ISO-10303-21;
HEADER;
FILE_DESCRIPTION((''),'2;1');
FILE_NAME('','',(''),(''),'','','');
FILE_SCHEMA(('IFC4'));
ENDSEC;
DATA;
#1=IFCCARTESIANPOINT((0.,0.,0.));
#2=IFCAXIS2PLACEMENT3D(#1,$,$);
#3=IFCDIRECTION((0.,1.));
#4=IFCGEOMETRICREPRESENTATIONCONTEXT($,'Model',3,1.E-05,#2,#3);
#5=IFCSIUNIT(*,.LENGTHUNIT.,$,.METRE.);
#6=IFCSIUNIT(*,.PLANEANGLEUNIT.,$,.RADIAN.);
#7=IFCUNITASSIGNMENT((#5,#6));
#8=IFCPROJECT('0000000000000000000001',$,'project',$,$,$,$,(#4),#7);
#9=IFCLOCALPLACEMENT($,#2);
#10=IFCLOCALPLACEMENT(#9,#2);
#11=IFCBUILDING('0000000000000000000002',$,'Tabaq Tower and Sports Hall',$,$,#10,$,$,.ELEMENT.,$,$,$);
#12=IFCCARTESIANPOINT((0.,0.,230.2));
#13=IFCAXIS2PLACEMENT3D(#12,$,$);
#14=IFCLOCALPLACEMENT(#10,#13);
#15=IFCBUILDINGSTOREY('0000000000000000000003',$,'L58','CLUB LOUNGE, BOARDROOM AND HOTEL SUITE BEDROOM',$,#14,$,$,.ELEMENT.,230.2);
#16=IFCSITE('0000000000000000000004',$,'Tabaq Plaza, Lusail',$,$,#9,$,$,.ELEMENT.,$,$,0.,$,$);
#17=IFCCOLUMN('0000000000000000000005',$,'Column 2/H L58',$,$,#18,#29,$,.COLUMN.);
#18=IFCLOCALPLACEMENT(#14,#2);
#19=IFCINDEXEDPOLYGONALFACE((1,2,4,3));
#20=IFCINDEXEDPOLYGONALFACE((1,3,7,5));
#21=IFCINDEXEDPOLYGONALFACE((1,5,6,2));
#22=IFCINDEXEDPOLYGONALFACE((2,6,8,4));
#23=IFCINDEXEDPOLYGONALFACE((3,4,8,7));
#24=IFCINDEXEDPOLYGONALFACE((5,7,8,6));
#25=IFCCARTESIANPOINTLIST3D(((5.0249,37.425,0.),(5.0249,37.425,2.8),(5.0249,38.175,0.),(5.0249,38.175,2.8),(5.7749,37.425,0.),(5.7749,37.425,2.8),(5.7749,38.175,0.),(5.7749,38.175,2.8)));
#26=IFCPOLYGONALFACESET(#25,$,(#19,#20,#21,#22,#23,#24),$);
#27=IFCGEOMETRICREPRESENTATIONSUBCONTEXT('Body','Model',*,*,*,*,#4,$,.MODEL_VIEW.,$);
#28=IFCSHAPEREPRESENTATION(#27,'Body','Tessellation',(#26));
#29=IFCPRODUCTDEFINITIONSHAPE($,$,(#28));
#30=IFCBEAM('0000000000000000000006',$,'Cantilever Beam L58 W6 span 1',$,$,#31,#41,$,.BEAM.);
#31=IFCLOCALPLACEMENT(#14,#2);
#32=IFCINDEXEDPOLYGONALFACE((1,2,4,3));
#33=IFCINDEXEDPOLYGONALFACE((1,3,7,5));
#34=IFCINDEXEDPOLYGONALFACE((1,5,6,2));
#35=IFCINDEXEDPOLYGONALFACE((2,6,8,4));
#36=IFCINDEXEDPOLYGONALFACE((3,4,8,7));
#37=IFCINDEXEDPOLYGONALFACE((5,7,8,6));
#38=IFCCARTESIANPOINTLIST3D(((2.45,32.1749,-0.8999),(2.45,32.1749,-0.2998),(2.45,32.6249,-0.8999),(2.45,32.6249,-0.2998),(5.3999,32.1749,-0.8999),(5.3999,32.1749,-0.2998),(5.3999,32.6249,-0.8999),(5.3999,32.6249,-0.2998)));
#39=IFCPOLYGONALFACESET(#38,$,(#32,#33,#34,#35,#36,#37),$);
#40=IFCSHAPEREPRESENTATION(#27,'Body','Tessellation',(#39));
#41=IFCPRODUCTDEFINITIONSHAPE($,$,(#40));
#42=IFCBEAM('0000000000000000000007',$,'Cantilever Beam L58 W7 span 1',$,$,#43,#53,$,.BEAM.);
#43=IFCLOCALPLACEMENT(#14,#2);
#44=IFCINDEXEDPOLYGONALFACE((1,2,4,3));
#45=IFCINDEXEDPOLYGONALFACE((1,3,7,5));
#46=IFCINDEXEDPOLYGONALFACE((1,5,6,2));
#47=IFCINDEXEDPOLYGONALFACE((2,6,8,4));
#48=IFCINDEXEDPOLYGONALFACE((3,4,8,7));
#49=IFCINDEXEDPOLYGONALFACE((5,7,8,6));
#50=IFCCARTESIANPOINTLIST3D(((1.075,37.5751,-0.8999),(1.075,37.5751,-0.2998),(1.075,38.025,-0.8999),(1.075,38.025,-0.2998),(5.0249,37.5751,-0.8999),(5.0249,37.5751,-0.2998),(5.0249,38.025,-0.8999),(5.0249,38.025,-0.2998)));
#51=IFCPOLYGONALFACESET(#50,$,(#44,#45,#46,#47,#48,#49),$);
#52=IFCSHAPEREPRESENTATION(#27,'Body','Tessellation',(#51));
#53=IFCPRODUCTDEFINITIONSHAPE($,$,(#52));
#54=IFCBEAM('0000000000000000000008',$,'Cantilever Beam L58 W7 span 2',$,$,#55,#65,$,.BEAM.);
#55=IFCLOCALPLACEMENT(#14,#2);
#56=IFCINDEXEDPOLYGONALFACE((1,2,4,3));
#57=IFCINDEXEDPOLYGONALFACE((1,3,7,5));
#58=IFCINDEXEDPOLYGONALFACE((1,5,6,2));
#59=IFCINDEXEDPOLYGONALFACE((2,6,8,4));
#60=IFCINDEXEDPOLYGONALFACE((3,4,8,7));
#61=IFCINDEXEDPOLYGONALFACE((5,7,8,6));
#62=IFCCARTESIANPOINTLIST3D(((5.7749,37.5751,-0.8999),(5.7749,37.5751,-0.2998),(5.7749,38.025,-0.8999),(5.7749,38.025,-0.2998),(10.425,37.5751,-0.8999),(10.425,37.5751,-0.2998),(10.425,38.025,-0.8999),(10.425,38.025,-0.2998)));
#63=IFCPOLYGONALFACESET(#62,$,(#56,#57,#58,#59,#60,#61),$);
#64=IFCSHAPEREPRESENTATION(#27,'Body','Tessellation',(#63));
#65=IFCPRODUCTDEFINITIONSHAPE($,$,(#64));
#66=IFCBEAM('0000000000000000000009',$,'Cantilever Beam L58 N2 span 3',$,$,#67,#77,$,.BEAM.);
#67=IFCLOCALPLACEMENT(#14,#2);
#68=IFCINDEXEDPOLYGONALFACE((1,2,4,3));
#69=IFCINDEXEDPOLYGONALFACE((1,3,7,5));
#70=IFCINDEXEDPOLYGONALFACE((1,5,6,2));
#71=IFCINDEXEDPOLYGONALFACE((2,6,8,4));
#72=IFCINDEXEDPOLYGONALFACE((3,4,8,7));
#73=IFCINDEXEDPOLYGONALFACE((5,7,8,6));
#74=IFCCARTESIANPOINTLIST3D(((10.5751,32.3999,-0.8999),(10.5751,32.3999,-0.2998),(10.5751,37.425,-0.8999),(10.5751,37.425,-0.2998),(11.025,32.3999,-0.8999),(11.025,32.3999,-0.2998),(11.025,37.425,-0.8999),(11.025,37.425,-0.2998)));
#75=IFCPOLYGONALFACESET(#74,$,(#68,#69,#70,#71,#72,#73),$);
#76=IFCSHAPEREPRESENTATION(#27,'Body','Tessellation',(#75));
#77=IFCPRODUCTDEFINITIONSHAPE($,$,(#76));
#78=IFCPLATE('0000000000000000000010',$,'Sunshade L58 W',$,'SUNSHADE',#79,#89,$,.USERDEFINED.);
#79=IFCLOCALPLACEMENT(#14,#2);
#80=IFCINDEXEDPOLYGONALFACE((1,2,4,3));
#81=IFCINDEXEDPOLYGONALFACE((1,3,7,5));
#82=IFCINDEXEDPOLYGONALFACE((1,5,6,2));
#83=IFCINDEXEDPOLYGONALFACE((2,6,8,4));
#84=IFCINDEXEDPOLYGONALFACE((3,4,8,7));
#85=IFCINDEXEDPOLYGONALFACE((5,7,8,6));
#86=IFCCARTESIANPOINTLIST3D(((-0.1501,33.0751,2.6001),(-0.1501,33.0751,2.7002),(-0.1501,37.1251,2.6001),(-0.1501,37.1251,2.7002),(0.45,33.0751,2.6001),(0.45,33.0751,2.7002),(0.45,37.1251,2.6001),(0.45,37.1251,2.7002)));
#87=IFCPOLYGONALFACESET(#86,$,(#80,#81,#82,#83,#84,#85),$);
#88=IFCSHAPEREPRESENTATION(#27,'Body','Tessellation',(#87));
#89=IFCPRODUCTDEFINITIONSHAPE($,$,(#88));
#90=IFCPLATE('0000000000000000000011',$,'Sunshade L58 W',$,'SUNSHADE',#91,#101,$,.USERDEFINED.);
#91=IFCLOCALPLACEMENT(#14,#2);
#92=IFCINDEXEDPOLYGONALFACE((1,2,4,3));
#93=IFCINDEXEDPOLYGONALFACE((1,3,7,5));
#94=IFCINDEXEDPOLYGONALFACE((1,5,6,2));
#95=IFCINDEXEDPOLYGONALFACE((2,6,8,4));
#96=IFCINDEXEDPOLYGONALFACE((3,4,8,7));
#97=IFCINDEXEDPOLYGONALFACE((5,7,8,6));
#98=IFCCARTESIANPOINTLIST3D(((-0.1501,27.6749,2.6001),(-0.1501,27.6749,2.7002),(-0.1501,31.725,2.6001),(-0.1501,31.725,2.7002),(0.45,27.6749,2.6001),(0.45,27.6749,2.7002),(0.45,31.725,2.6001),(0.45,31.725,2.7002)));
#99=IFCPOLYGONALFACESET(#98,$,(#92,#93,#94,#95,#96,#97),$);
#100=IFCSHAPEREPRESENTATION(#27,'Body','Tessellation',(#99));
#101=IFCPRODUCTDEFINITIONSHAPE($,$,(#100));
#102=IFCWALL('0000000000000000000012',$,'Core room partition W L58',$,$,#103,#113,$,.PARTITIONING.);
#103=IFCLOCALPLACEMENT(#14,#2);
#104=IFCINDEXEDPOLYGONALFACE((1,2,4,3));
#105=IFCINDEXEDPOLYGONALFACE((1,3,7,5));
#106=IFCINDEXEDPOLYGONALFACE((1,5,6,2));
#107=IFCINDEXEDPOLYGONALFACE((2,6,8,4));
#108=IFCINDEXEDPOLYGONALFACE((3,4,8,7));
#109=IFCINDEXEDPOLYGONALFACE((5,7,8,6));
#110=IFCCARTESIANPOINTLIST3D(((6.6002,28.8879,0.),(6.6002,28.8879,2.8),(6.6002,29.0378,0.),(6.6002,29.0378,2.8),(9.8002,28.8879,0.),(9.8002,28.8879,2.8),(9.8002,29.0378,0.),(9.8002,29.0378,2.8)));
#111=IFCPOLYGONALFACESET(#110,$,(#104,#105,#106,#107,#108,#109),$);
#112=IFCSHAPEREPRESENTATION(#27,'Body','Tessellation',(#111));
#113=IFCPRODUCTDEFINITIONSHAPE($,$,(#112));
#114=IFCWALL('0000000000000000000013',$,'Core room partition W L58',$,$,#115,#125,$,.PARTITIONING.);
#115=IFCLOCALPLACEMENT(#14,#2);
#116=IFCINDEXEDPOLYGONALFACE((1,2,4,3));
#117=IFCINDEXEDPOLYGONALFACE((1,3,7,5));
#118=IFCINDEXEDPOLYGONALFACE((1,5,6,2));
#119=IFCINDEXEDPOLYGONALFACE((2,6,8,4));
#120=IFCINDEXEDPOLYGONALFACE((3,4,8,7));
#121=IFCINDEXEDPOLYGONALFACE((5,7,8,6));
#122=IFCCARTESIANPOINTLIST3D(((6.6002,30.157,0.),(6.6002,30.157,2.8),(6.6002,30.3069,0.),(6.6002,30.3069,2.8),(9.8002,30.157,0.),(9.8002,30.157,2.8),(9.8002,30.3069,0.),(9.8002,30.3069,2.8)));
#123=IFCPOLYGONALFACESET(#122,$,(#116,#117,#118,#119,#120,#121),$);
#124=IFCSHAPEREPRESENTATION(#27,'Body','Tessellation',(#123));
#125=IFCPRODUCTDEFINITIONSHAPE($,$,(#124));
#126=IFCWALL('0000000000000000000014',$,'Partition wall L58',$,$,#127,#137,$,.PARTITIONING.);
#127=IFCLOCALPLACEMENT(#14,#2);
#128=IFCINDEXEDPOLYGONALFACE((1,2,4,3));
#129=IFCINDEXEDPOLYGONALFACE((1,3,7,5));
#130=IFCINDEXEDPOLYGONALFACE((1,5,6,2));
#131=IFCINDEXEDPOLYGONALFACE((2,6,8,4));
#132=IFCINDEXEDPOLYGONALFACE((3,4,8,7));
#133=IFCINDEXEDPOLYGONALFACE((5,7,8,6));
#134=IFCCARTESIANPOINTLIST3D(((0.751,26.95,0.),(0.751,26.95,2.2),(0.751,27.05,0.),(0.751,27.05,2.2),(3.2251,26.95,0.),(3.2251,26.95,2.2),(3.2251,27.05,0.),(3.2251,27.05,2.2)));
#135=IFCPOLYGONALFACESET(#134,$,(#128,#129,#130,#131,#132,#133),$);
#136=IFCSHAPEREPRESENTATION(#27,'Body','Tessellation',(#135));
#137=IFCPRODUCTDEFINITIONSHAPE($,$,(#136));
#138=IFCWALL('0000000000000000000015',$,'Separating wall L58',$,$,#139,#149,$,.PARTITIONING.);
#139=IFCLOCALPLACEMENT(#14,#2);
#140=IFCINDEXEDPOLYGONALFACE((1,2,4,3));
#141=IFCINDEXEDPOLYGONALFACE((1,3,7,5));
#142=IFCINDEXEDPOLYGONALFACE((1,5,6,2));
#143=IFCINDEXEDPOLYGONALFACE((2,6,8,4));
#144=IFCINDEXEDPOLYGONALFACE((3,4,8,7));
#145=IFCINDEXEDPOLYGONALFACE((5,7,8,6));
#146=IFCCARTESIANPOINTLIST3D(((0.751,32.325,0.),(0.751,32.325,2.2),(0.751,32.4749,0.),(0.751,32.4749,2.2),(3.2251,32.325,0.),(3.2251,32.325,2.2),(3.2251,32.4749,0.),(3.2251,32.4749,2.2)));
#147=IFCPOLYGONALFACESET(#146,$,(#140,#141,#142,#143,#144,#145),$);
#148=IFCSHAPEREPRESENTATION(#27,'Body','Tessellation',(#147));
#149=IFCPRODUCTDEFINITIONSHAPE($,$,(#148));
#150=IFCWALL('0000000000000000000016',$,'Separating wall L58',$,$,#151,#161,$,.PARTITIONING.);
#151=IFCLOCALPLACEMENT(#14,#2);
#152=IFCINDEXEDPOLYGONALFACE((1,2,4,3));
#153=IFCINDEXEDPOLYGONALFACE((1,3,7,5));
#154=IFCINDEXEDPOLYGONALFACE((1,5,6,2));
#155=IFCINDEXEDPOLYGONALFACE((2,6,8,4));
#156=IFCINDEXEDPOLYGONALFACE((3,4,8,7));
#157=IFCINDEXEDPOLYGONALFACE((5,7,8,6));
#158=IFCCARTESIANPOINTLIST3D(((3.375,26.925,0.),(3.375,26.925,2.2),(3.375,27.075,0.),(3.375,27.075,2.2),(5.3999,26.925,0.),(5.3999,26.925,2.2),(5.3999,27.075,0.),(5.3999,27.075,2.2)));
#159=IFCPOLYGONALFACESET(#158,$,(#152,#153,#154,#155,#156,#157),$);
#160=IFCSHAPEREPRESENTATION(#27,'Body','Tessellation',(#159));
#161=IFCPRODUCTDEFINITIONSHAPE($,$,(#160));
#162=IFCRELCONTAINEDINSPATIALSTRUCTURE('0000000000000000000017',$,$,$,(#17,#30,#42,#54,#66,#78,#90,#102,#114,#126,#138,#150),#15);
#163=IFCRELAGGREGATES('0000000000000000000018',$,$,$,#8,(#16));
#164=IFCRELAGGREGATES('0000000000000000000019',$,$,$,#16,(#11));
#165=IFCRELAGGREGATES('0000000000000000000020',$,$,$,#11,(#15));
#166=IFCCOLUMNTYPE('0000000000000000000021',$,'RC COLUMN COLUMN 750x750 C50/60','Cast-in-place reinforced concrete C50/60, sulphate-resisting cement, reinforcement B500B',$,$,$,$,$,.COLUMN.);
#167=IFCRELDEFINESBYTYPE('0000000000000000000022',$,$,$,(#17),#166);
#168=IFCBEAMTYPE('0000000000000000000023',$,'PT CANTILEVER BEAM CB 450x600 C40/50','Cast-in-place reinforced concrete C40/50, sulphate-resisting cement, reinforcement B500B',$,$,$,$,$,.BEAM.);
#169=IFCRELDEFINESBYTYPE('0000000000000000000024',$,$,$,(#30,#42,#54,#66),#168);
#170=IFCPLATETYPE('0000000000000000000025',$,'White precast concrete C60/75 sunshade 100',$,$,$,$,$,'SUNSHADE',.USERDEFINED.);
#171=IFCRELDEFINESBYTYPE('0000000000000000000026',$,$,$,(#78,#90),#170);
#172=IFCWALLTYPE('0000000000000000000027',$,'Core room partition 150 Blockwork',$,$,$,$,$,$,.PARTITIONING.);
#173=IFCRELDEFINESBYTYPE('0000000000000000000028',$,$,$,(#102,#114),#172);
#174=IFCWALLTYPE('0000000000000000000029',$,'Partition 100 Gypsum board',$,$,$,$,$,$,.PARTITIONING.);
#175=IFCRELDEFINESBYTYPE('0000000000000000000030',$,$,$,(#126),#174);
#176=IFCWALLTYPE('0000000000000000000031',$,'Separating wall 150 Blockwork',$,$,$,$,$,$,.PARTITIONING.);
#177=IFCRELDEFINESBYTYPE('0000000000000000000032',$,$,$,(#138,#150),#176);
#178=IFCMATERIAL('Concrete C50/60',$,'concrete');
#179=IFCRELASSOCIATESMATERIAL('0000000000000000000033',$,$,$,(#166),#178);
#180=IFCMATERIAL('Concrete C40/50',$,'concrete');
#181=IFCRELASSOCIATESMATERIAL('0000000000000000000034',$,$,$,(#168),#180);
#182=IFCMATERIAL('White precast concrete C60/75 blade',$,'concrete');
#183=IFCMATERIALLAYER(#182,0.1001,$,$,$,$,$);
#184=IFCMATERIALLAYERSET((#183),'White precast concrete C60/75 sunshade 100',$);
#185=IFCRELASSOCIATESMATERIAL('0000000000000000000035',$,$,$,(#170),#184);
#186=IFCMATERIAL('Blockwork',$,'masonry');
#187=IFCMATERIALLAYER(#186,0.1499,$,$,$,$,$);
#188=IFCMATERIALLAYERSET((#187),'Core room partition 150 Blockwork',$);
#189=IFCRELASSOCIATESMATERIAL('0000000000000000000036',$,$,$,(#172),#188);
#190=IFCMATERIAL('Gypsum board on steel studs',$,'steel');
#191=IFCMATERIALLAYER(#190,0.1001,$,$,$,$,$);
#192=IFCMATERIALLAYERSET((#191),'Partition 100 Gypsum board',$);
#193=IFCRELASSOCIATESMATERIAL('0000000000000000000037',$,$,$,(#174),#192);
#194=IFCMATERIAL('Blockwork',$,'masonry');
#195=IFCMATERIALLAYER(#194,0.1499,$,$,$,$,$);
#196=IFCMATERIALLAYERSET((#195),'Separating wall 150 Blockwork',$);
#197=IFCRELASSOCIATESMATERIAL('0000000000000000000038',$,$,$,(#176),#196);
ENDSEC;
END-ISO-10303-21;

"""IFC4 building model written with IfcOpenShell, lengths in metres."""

from ifc_helpers import new_model, si_unit, direction, frame, frame_2d, origin, origin_2d, place, context, subcontext, project, spatial, rectangle, extrude, material, layer, layer_set, material_profile, profile_set, type_object, element, save


model = new_model("IFC4")

# Units and contexts
model_context = context("Model", 3, precision=1e-05, world=origin(), true_north=direction((0.0, 1.0)))
body_context = subcontext(model_context, "Body", "Model", "MODEL_VIEW")
ifc_project = project(units=[si_unit("LENGTHUNIT", "METRE"), si_unit("PLANEANGLEUNIT", "RADIAN")], contexts=[model_context])

# Site, building, storey
site_placement = place(None, origin())
site = spatial("IfcSite", under=ifc_project, at=site_placement, Name="Tabaq Plaza, Lusail", CompositionType="ELEMENT", RefElevation=0.0)
building_placement = place(site_placement, origin())
building = spatial("IfcBuilding", under=site, at=building_placement, Name="Tabaq Tower and Sports Hall", CompositionType="ELEMENT")
storey_placement = place(building_placement, frame((0.0, 0.0, 230.2)))
storey = spatial("IfcBuildingStorey", under=building, at=storey_placement, Name="L58", Description="CLUB LOUNGE, BOARDROOM AND HOTEL SUITE BEDROOM", CompositionType="ELEMENT", Elevation=230.2)

# Column
ifc_material_1 = material(Name="Concrete C50/60", Category="concrete")
ifc_material_profile_1 = material_profile(ifc_material_1, rectangle(XDim=0.75, YDim=0.75, at=origin_2d()), Name="COLUMN 750x750")
ifc_profile_set_1 = profile_set([ifc_material_profile_1], Name="Concrete C50/60")
column_type = type_object("IfcColumnType", Name="RC COLUMN COLUMN 750x750 C50/60", Description="Cast-in-place reinforced concrete C50/60, sulphate-resisting cement, reinforcement B500B", PredefinedType="COLUMN", material=ifc_profile_set_1)
column_placement = place(storey_placement, frame((5.3999, 37.8, 0.0), z_axis=(0.0, 0.0, 1.0), x_axis=(1.0, 0.0, 0.0)))
element("IfcColumn", 1, at=column_placement, inside=storey, type_object=column_type, Name="Column 2/H L58", PredefinedType="COLUMN", context=body_context, shape_type="SweptSolid", body=[
    extrude(rectangle(XDim=0.75, YDim=0.75, at=origin_2d()), origin(), (0.0, 0.0, 1.0), 2.8),
])

# Beams
ifc_material_2 = material(Name="Concrete C40/50", Category="concrete")
ifc_material_profile_2 = material_profile(ifc_material_2, rectangle(XDim=0.45, YDim=0.6001, at=origin_2d()), Name="CB 450x600")
ifc_profile_set_2 = profile_set([ifc_material_profile_2], Name="Concrete C40/50")
beam_type = type_object("IfcBeamType", Name="PT CANTILEVER BEAM CB 450x600 C40/50", Description="Cast-in-place reinforced concrete C40/50, sulphate-resisting cement, reinforcement B500B", PredefinedType="BEAM", material=ifc_profile_set_2)
beam_1_placement = place(storey_placement, frame((2.45, 32.3999, -0.5999), z_axis=(1.0, 0.0, 0.0), x_axis=(0.0, 1.0, 0.0)))
element("IfcBeam", 2, at=beam_1_placement, inside=storey, type_object=beam_type, Name="Cantilever Beam L58 W6 span 1", PredefinedType="BEAM", context=body_context, shape_type="SweptSolid", body=[
    extrude(rectangle(XDim=0.45, YDim=0.6001, at=origin_2d()), origin(), (0.0, 0.0, 1.0), 2.95),
])
beam_2_placement = place(storey_placement, frame((1.075, 37.8, -0.5999), z_axis=(1.0, 0.0, 0.0), x_axis=(0.0, 1.0, 0.0)))
element("IfcBeam", 3, at=beam_2_placement, inside=storey, type_object=beam_type, Name="Cantilever Beam L58 W7 span 1", PredefinedType="BEAM", context=body_context, shape_type="SweptSolid", body=[
    extrude(rectangle(XDim=0.45, YDim=0.6001, at=origin_2d()), origin(), (0.0, 0.0, 1.0), 3.95),
])
beam_3_placement = place(storey_placement, frame((5.7749, 37.8, -0.5999), z_axis=(1.0, 0.0, 0.0), x_axis=(0.0, 1.0, 0.0)))
element("IfcBeam", 4, at=beam_3_placement, inside=storey, type_object=beam_type, Name="Cantilever Beam L58 W7 span 2", PredefinedType="BEAM", context=body_context, shape_type="SweptSolid", body=[
    extrude(rectangle(XDim=0.45, YDim=0.6001, at=origin_2d()), origin(), (0.0, 0.0, 1.0), 4.6501),
])
beam_4_placement = place(storey_placement, frame((10.8, 37.425, -0.5999), z_axis=(0.0, -1.0, 0.0), x_axis=(1.0, 0.0, 0.0)))
element("IfcBeam", 5, at=beam_4_placement, inside=storey, type_object=beam_type, Name="Cantilever Beam L58 N2 span 3", PredefinedType="BEAM", context=body_context, shape_type="SweptSolid", body=[
    extrude(rectangle(XDim=0.45, YDim=0.6001, at=origin_2d()), origin(), (0.0, 0.0, 1.0), 5.0251),
])

# Plates
ifc_material_3 = material(Name="White precast concrete C60/75 blade", Category="concrete")
ifc_layer_1 = layer(ifc_material_3, 0.1001)
ifc_layer_set_1 = layer_set([ifc_layer_1], Name="White precast concrete C60/75 sunshade 100")
plate_type = type_object("IfcPlateType", Name="White precast concrete C60/75 sunshade 100", ElementType="SUNSHADE", PredefinedType="USERDEFINED", material=ifc_layer_set_1)
for number, where, z_axis, x_axis, name in (
    (6, (0.1499, 35.1001, 2.6001), (0.0, 0.0, 1.0), (0.0, -1.0, 0.0), "Sunshade L58 W"),
    (7, (0.1499, 29.7, 2.6001), (0.0, 0.0, 1.0), (0.0, -1.0, 0.0), "Sunshade L58 W"),
):
    element("IfcPlate", number, at=place(storey_placement, frame(where, z_axis=z_axis, x_axis=x_axis)), inside=storey, type_object=plate_type, Name=name, ObjectType="SUNSHADE", PredefinedType="USERDEFINED", context=body_context, shape_type="SweptSolid", body=[
        extrude(rectangle(XDim=4.05, YDim=0.6001, at=origin_2d()), origin(), (0.0, 0.0, 1.0), 0.1001),
    ])

# Walls
ifc_material_4 = material(Name="Blockwork", Category="masonry")
ifc_layer_2 = layer(ifc_material_4, 0.1499)
ifc_layer_set_2 = layer_set([ifc_layer_2], Name="Core room partition 150 Blockwork")
wall_type_1 = type_object("IfcWallType", Name="Core room partition 150 Blockwork", PredefinedType="PARTITIONING", material=ifc_layer_set_2)
for number, where, z_axis, x_axis, name in (
    (8, (6.6001, 28.9629, 0.0), (0.0, 0.0, 1.0), (1.0, 0.0, 0.0), "Core room partition W L58"),
    (9, (6.6001, 30.2319, 0.0), (0.0, 0.0, 1.0), (1.0, 0.0, 0.0), "Core room partition W L58"),
):
    element("IfcWall", number, at=place(storey_placement, frame(where, z_axis=z_axis, x_axis=x_axis)), inside=storey, type_object=wall_type_1, Name=name, PredefinedType="PARTITIONING", context=body_context, shape_type="SweptSolid", body=[
        extrude(rectangle(XDim=3.2, YDim=0.1499, at=frame_2d((1.6001, 0.0))), origin(), (0.0, 0.0, 1.0), 2.8),
    ])

# Walls
ifc_material_5 = material(Name="Gypsum board on steel studs", Category="steel")
ifc_layer_3 = layer(ifc_material_5, 0.1001)
ifc_layer_set_3 = layer_set([ifc_layer_3], Name="Partition 100 Gypsum board")
wall_type_2 = type_object("IfcWallType", Name="Partition 100 Gypsum board", PredefinedType="PARTITIONING", material=ifc_layer_set_3)
wall_1_placement = place(storey_placement, frame((0.751, 27.0, 0.0), z_axis=(0.0, 0.0, 1.0), x_axis=(1.0, 0.0, 0.0)))
element("IfcWall", 10, at=wall_1_placement, inside=storey, type_object=wall_type_2, Name="Partition wall L58", PredefinedType="PARTITIONING", context=body_context, shape_type="SweptSolid", body=[
    extrude(rectangle(XDim=2.4741, YDim=0.1001, at=frame_2d((1.2371, 0.0))), origin(), (0.0, 0.0, 1.0), 2.2),
])
ifc_material_6 = material(Name="Blockwork", Category="masonry")
ifc_layer_4 = layer(ifc_material_6, 0.1499)
ifc_layer_set_4 = layer_set([ifc_layer_4], Name="Separating wall 150 Blockwork")
wall_type_3 = type_object("IfcWallType", Name="Separating wall 150 Blockwork", PredefinedType="PARTITIONING", material=ifc_layer_set_4)
wall_2_placement = place(storey_placement, frame((0.751, 32.3999, 0.0), z_axis=(0.0, 0.0, 1.0), x_axis=(1.0, 0.0, 0.0)))
element("IfcWall", 11, at=wall_2_placement, inside=storey, type_object=wall_type_3, Name="Separating wall L58", PredefinedType="PARTITIONING", context=body_context, shape_type="SweptSolid", body=[
    extrude(rectangle(XDim=2.4741, YDim=0.1499, at=frame_2d((1.2371, 0.0))), origin(), (0.0, 0.0, 1.0), 2.2),
])
wall_3_placement = place(storey_placement, frame((3.375, 27.0, 0.0), z_axis=(0.0, 0.0, 1.0), x_axis=(1.0, 0.0, 0.0)))
element("IfcWall", 12, at=wall_3_placement, inside=storey, type_object=wall_type_3, Name="Separating wall L58", PredefinedType="PARTITIONING", context=body_context, shape_type="SweptSolid", body=[
    extrude(rectangle(XDim=2.0249, YDim=0.1499, at=frame_2d((1.0125, 0.0))), origin(), (0.0, 0.0, 1.0), 2.2),
])

save(model, "model.ifc")
